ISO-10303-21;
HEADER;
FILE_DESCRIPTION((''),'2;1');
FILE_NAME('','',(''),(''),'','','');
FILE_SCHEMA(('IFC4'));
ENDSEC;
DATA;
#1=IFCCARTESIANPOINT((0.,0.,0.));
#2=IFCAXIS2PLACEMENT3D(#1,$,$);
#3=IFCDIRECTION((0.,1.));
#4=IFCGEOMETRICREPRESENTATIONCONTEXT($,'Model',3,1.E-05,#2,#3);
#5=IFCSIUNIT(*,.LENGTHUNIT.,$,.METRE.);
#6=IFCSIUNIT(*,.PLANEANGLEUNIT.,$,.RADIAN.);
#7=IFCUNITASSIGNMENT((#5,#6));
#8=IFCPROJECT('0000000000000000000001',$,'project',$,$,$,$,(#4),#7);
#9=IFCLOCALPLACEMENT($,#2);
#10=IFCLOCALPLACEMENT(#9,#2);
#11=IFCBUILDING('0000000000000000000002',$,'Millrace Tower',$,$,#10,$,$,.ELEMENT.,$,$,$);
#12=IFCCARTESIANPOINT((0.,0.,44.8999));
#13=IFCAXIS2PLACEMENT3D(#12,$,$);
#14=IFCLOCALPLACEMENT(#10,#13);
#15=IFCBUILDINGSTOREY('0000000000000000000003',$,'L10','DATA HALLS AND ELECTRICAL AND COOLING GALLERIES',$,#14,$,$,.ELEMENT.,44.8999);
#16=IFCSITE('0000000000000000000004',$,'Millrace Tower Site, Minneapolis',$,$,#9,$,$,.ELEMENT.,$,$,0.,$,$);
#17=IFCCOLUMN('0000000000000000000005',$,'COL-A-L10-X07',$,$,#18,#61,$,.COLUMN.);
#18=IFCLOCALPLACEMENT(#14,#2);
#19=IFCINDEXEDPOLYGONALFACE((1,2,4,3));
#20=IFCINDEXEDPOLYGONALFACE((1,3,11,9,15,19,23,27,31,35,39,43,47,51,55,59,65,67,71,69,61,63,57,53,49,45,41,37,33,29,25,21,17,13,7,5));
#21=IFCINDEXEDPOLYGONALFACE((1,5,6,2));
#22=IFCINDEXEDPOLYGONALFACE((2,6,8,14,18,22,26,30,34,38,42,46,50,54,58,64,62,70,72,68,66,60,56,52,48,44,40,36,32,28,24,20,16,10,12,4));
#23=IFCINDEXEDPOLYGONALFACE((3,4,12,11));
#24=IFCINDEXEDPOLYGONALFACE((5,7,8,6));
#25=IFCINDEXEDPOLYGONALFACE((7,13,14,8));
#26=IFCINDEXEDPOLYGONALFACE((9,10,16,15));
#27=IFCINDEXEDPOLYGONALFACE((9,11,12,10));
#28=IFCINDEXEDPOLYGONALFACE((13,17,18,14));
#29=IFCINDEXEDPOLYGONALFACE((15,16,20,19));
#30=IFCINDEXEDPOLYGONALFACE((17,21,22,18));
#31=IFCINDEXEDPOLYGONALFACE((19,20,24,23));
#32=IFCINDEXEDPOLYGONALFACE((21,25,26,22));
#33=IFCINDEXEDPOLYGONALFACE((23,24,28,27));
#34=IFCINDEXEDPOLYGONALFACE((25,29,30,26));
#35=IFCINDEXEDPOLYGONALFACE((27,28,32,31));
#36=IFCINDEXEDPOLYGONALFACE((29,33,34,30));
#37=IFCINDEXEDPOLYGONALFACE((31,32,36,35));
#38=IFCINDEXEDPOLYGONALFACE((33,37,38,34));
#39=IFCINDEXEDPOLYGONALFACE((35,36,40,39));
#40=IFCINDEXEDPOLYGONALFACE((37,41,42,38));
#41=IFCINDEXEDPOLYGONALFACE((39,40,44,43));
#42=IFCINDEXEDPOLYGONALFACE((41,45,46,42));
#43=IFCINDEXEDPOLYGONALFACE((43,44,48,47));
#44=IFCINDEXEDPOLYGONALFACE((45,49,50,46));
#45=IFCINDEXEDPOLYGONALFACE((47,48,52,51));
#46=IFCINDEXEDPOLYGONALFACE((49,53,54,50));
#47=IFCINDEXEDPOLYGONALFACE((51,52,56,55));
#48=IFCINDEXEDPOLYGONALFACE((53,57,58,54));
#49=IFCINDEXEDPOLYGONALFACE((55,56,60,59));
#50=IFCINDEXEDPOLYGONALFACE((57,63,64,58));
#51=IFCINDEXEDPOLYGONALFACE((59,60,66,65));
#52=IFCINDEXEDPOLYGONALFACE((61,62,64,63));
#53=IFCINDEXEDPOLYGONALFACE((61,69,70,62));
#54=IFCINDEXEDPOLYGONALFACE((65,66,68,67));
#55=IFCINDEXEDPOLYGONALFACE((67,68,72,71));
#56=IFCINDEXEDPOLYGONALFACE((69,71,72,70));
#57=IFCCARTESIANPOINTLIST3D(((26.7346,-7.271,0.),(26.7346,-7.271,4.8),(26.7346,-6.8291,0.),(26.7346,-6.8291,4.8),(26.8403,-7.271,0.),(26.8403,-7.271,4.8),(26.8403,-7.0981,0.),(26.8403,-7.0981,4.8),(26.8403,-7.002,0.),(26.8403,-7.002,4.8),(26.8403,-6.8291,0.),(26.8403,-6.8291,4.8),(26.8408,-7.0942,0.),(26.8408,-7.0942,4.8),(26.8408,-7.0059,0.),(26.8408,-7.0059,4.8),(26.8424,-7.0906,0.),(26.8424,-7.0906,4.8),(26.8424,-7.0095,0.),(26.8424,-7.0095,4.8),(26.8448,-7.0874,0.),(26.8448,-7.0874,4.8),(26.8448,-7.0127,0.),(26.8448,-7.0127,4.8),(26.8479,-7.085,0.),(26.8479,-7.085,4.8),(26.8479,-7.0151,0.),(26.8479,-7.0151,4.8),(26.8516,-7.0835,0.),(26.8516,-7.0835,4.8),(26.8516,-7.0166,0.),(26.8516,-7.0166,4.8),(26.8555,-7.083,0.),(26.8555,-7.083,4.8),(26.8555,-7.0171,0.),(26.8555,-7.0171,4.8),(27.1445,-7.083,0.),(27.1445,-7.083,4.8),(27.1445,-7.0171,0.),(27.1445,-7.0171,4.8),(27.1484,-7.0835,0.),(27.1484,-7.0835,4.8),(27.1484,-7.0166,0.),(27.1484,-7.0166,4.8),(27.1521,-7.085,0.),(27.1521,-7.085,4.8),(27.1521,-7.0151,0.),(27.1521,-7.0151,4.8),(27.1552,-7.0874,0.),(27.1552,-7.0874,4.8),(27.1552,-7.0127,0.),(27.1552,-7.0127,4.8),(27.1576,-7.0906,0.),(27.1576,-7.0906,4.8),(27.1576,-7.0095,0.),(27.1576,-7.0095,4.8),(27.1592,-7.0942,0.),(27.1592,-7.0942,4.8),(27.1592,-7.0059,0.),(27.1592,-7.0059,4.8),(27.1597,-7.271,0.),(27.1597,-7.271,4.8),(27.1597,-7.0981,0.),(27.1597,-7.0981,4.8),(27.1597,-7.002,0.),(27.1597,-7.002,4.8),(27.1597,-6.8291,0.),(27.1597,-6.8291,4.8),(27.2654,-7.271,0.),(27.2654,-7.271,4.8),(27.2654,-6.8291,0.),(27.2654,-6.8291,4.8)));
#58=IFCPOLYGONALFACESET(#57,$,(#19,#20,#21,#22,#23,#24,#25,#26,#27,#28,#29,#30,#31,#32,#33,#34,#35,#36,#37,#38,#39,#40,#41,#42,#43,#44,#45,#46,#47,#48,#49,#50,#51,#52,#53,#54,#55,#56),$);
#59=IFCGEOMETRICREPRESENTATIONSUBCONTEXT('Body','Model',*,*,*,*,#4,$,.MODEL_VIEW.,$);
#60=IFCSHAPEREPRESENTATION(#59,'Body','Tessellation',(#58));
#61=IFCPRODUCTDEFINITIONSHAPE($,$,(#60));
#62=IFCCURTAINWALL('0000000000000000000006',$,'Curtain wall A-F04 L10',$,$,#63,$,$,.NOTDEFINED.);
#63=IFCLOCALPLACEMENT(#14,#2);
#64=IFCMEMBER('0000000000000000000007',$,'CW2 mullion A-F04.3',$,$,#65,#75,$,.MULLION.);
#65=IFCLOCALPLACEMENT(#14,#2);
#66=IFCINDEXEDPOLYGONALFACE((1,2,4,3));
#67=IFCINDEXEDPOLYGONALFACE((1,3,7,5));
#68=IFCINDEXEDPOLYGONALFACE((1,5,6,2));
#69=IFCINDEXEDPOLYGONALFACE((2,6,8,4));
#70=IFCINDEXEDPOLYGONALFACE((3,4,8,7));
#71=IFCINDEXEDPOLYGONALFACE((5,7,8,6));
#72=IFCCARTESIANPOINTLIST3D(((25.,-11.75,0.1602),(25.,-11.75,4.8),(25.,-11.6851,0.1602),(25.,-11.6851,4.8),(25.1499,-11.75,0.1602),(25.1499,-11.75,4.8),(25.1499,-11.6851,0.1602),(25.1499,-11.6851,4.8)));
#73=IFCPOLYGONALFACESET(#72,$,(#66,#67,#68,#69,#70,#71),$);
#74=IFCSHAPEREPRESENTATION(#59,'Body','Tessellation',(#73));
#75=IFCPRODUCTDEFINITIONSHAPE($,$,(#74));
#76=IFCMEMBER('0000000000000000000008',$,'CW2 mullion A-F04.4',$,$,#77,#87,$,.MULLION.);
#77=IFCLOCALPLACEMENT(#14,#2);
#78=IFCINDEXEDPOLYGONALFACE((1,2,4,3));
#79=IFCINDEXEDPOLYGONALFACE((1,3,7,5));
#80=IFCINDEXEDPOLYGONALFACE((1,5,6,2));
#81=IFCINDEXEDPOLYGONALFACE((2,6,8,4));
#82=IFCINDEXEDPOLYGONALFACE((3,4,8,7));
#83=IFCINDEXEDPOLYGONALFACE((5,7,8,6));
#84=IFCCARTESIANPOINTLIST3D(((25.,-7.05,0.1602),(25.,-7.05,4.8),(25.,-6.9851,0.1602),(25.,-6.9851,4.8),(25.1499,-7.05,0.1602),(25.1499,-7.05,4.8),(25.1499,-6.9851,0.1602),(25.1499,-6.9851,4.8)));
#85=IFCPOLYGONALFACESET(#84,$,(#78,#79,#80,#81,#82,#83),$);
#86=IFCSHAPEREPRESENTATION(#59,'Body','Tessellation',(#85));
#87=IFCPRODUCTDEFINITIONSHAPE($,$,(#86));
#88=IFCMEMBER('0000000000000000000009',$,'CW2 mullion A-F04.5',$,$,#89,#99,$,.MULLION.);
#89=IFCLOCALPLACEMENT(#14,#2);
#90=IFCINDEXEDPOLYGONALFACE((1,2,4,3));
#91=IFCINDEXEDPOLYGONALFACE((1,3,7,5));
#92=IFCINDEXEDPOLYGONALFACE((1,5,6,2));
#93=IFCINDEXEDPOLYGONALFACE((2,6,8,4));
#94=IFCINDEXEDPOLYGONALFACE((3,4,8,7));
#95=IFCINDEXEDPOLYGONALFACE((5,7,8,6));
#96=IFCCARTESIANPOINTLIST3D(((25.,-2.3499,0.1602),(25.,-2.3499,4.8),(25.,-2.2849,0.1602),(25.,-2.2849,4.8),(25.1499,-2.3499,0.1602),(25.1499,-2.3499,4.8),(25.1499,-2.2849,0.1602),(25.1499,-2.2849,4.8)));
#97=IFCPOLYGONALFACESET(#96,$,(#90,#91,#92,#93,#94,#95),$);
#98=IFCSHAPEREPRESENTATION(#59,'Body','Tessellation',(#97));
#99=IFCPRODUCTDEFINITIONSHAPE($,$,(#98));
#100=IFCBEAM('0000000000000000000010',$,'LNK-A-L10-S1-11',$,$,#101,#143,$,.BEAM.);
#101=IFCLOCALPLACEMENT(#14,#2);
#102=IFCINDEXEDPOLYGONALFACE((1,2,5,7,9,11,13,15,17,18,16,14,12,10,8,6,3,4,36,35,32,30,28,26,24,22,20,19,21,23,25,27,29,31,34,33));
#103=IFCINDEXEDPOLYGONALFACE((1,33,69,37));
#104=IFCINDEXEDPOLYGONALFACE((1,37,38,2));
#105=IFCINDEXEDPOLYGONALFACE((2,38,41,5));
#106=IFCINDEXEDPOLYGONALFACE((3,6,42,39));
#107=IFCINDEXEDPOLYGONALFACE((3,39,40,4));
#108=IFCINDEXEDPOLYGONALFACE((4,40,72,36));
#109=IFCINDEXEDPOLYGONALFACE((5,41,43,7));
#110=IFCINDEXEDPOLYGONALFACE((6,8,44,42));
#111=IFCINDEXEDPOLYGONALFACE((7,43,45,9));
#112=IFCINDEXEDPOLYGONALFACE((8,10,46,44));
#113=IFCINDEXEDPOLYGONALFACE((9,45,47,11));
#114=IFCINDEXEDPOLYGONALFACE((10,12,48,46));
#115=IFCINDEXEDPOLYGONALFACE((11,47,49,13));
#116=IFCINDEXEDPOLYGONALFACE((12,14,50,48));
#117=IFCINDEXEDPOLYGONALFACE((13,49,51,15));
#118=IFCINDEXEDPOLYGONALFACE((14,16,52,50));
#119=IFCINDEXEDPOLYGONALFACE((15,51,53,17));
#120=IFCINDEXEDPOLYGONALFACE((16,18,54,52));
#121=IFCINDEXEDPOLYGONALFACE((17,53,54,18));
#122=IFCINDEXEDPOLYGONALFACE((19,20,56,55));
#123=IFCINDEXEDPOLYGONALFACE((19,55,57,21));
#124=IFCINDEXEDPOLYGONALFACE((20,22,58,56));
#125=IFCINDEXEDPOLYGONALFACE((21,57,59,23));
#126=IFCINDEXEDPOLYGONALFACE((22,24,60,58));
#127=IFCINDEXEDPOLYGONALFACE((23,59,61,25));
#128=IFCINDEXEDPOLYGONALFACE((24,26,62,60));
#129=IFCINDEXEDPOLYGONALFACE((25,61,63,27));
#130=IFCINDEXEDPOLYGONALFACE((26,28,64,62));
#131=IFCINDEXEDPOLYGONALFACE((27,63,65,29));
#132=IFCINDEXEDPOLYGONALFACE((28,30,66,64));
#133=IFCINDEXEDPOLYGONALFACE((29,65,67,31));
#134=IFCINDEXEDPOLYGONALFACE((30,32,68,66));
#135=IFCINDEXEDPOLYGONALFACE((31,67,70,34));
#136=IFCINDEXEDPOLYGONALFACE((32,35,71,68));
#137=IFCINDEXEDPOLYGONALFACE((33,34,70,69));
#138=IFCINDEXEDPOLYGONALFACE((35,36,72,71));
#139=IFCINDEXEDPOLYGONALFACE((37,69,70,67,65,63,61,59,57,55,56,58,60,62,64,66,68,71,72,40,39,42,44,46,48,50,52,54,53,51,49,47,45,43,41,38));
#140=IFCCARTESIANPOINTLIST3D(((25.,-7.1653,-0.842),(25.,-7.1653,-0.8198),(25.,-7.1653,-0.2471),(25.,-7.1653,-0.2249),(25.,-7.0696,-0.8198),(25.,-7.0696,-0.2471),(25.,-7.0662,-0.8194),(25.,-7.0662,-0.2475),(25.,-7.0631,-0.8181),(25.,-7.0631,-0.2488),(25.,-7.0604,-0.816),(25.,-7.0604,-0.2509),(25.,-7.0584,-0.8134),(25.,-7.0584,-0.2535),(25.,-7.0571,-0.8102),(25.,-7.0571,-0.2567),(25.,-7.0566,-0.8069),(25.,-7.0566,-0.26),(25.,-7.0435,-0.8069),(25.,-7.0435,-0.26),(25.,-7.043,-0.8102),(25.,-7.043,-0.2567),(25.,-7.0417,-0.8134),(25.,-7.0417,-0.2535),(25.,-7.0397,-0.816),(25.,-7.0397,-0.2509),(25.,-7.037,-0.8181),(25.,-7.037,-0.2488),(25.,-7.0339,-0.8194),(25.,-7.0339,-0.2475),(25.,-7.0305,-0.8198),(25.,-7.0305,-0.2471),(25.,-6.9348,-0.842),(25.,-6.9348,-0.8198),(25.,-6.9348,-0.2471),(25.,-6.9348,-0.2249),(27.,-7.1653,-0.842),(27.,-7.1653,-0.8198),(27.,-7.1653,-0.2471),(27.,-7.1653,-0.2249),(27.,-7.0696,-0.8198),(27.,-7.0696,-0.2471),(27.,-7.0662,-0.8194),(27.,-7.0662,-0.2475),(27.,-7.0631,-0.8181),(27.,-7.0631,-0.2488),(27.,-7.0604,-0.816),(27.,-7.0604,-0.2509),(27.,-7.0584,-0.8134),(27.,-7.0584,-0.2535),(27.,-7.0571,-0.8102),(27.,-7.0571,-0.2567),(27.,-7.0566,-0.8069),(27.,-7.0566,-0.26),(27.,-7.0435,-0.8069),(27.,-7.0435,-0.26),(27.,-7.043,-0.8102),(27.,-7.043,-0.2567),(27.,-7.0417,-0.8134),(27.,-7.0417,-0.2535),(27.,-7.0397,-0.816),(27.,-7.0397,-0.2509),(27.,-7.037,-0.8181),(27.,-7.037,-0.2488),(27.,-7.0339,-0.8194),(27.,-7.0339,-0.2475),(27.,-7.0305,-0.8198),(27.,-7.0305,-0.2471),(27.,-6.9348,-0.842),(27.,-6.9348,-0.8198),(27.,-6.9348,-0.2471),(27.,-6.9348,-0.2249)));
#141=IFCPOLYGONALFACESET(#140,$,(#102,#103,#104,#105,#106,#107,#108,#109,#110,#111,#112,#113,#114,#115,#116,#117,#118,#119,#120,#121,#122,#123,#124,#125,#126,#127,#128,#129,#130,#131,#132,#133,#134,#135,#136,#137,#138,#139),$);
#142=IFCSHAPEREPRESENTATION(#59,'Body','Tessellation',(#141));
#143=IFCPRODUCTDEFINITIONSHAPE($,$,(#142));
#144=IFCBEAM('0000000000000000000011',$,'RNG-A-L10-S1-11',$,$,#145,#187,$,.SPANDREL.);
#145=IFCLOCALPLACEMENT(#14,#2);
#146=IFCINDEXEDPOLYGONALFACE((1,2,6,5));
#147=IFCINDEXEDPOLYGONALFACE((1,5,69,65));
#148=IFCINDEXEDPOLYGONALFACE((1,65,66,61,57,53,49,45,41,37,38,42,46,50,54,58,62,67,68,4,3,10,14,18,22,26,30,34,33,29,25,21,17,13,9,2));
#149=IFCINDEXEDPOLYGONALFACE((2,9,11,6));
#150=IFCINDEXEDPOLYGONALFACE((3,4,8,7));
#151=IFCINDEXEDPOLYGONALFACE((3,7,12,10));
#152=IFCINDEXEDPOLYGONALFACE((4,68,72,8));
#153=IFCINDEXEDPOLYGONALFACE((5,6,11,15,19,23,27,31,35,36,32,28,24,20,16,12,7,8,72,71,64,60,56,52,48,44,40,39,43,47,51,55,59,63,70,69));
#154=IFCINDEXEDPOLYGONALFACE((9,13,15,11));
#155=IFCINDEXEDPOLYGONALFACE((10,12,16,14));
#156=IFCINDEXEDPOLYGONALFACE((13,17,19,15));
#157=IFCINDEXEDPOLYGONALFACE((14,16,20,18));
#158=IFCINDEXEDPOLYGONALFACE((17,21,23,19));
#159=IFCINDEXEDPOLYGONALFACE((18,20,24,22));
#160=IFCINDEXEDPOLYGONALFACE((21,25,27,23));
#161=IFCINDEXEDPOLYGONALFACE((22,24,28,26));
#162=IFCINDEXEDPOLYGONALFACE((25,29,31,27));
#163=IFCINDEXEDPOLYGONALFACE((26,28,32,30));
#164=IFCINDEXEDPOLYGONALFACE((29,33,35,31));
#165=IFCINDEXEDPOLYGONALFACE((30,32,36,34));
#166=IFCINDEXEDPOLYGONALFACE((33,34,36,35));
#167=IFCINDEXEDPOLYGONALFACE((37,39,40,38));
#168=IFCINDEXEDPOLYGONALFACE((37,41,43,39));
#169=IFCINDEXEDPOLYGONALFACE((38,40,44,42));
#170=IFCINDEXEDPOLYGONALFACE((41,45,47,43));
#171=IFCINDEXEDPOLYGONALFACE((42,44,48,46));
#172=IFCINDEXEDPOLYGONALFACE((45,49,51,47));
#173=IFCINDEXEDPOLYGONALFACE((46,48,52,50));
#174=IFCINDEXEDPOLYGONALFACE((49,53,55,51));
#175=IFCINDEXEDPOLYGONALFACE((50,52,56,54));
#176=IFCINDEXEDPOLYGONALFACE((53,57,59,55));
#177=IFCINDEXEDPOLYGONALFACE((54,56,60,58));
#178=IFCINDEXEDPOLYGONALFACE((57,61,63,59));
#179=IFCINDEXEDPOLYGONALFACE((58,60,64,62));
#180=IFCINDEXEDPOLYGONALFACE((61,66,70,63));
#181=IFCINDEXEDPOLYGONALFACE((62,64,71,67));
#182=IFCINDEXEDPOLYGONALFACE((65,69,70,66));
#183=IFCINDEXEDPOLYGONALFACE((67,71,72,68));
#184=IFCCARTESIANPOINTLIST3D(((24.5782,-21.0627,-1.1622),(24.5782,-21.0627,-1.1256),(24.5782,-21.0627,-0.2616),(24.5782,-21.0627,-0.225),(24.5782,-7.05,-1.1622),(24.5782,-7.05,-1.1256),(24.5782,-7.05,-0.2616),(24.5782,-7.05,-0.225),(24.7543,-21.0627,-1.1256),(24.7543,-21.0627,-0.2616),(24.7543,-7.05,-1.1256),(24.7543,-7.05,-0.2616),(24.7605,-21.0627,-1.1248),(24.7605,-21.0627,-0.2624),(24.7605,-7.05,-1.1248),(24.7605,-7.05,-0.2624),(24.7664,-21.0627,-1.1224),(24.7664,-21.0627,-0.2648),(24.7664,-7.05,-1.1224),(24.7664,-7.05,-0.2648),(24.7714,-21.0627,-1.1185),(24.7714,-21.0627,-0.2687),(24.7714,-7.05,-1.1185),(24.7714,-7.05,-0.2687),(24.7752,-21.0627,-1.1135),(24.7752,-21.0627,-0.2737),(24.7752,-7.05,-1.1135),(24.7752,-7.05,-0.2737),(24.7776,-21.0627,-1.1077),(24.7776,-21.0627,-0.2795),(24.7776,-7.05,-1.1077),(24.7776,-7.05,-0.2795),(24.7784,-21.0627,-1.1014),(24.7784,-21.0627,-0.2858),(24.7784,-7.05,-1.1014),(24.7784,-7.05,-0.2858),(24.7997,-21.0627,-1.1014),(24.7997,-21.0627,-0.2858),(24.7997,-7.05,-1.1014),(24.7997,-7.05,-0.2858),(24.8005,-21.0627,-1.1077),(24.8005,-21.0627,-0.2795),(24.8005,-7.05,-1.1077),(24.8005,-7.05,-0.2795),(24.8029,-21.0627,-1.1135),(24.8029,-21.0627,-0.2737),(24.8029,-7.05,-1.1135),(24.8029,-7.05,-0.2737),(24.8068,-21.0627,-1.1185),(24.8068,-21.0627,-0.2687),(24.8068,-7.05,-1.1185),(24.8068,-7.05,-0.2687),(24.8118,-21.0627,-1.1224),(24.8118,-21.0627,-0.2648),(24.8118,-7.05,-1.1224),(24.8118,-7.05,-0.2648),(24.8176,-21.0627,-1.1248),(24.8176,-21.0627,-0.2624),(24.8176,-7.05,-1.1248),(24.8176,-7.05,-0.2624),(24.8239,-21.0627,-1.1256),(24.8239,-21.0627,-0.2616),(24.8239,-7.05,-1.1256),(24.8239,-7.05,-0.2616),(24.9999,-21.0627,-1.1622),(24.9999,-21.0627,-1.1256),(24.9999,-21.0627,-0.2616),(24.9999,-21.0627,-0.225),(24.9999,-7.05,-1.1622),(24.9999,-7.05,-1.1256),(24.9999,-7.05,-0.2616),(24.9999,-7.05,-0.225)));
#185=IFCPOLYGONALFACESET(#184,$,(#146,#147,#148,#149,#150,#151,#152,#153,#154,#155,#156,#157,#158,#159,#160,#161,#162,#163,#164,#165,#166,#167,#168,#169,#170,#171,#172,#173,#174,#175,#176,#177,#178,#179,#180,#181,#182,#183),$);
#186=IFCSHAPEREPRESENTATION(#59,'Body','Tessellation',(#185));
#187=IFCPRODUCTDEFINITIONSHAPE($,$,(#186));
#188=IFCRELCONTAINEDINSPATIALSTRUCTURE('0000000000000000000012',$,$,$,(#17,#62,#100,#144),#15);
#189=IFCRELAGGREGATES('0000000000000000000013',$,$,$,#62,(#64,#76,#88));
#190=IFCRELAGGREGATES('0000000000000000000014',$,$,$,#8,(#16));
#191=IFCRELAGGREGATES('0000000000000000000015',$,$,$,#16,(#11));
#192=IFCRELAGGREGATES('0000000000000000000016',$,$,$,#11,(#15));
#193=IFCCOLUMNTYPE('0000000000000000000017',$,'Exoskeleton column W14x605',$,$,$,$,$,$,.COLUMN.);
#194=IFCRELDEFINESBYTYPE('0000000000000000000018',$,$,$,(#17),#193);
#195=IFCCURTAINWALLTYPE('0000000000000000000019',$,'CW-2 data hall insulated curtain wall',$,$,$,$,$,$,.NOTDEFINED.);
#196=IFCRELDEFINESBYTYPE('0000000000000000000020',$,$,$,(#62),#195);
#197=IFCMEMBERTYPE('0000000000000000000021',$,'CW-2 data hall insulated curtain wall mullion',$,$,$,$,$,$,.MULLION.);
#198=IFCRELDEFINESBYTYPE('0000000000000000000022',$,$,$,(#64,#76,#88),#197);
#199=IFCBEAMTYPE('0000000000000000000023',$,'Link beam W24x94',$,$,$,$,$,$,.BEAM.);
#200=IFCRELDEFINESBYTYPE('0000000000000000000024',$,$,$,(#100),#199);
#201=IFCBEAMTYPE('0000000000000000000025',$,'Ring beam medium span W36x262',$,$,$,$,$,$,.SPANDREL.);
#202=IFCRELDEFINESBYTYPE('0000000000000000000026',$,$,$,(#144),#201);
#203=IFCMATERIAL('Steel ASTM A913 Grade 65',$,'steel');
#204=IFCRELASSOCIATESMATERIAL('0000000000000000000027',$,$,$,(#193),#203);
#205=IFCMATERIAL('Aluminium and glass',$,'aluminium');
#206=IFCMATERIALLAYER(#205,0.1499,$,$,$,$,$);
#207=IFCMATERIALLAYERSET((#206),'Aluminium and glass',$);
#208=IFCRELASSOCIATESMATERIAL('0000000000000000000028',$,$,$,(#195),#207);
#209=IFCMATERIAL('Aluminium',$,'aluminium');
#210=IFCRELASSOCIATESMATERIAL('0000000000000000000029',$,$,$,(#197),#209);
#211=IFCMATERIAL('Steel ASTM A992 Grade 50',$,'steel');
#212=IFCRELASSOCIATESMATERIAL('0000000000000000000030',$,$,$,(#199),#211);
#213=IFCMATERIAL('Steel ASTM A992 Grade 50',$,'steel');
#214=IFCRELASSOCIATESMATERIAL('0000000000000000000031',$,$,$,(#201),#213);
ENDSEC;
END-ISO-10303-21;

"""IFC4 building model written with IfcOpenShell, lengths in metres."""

from ifc_helpers import new_model, si_unit, direction, frame, origin, origin_2d, place, context, subcontext, project, spatial, rectangle, i_section, extrude, material, layer, layer_set, material_profile, profile_set, type_object, element, aggregate, save


model = new_model("IFC4")

# Units and contexts
model_context = context("Model", 3, precision=1e-05, world=origin(), true_north=direction((0.0, 1.0)))
body_context = subcontext(model_context, "Body", "Model", "MODEL_VIEW")
ifc_project = project(units=[si_unit("LENGTHUNIT", "METRE"), si_unit("PLANEANGLEUNIT", "RADIAN")], contexts=[model_context])

# Site, building, storey
site_placement = place(None, origin())
site = spatial("IfcSite", under=ifc_project, at=site_placement, Name="Millrace Tower Site, Minneapolis", CompositionType="ELEMENT", RefElevation=0.0)
building_placement = place(site_placement, origin())
building = spatial("IfcBuilding", under=site, at=building_placement, Name="Millrace Tower", CompositionType="ELEMENT")
storey_placement = place(building_placement, frame((0.0, 0.0, 44.8999)))
storey = spatial("IfcBuildingStorey", under=building, at=storey_placement, Name="L10", Description="DATA HALLS AND ELECTRICAL AND COOLING GALLERIES", CompositionType="ELEMENT", Elevation=44.8999)

# Column
ifc_material_1 = material(Name="Steel ASTM A913 Grade 65", Category="steel")
ifc_material_profile_1 = material_profile(ifc_material_1, i_section(OverallWidth=0.4419, OverallDepth=0.5308, WebThickness=0.0659, FlangeThickness=0.1057, FilletRadius=0.0151, at=origin_2d()))
ifc_profile_set_1 = profile_set([ifc_material_profile_1], Name="Steel ASTM A913 Grade 65")
column_type = type_object("IfcColumnType", Name="Exoskeleton column W14x605", PredefinedType="COLUMN", material=ifc_profile_set_1)
column_placement = place(storey_placement, frame((27.0, -7.05, 0.0), z_axis=(0.0, 0.0, 1.0), x_axis=(0.0, 1.0, 0.0)))
element("IfcColumn", 1, at=column_placement, inside=storey, type_object=column_type, Name="COL-A-L10-X07", PredefinedType="COLUMN", context=body_context, shape_type="SweptSolid", body=[
    extrude(i_section(OverallWidth=0.4419, OverallDepth=0.5308, WebThickness=0.0659, FlangeThickness=0.1057, FilletRadius=0.0151, at=origin_2d()), origin(), (0.0, 0.0, 1.0), 4.8),
])

# Curtain wall, members
ifc_material_2 = material(Name="Aluminium and glass", Category="aluminium")
ifc_layer_1 = layer(ifc_material_2, 0.1499)
ifc_layer_set_1 = layer_set([ifc_layer_1], Name="Aluminium and glass")
curtain_wall_type = type_object("IfcCurtainWallType", Name="CW-2 data hall insulated curtain wall", PredefinedType="NOTDEFINED", material=ifc_layer_set_1)
curtain_wall_placement = place(storey_placement, origin())
curtain_wall = element("IfcCurtainWall", 2, at=curtain_wall_placement, inside=storey, type_object=curtain_wall_type, Name="Curtain wall A-F04 L10", PredefinedType="NOTDEFINED")
ifc_material_3 = material(Name="Aluminium", Category="aluminium")
ifc_material_profile_2 = material_profile(ifc_material_3, rectangle(XDim=0.0649, YDim=0.1499, at=origin_2d()))
ifc_profile_set_2 = profile_set([ifc_material_profile_2], Name="Aluminium")
member_type = type_object("IfcMemberType", Name="CW-2 data hall insulated curtain wall mullion", PredefinedType="MULLION", material=ifc_profile_set_2)
member_1_placement = place(storey_placement, frame((25.075, -11.7175, 0.1602), z_axis=(0.0, 0.0, 1.0), x_axis=(0.0, 1.0, 0.0)))
member_1 = element("IfcMember", 3, at=member_1_placement, type_object=member_type, Name="CW2 mullion A-F04.3", PredefinedType="MULLION", context=body_context, shape_type="SweptSolid", body=[
    extrude(rectangle(XDim=0.0649, YDim=0.1499, at=origin_2d()), origin(), (0.0, 0.0, 1.0), 4.6399),
])
member_2_placement = place(storey_placement, frame((25.075, -7.0176, 0.1602), z_axis=(0.0, 0.0, 1.0), x_axis=(0.0, 1.0, 0.0)))
member_2 = element("IfcMember", 4, at=member_2_placement, type_object=member_type, Name="CW2 mullion A-F04.4", PredefinedType="MULLION", context=body_context, shape_type="SweptSolid", body=[
    extrude(rectangle(XDim=0.0649, YDim=0.1499, at=origin_2d()), origin(), (0.0, 0.0, 1.0), 4.6399),
])
member_3_placement = place(storey_placement, frame((25.075, -2.3174, 0.1602), z_axis=(0.0, 0.0, 1.0), x_axis=(0.0, 1.0, 0.0)))
member_3 = element("IfcMember", 5, at=member_3_placement, type_object=member_type, Name="CW2 mullion A-F04.5", PredefinedType="MULLION", context=body_context, shape_type="SweptSolid", body=[
    extrude(rectangle(XDim=0.0649, YDim=0.1499, at=origin_2d()), origin(), (0.0, 0.0, 1.0), 4.6399),
])
aggregate(curtain_wall, [member_1, member_2, member_3])

# Beams
ifc_material_4 = material(Name="Steel ASTM A992 Grade 50", Category="steel")
ifc_material_profile_3 = material_profile(ifc_material_4, i_section(OverallWidth=0.2305, OverallDepth=0.6172, WebThickness=0.0132, FlangeThickness=0.0222, FilletRadius=0.0129, at=origin_2d()))
ifc_profile_set_3 = profile_set([ifc_material_profile_3], Name="Steel ASTM A992 Grade 50")
beam_type_1 = type_object("IfcBeamType", Name="Link beam W24x94", PredefinedType="BEAM", material=ifc_profile_set_3)
beam_1_placement = place(storey_placement, frame((25.0, -7.05, -0.5334), z_axis=(1.0, 0.0, 0.0), x_axis=(0.0, 1.0, 0.0)))
element("IfcBeam", 6, at=beam_1_placement, inside=storey, type_object=beam_type_1, Name="LNK-A-L10-S1-11", PredefinedType="BEAM", context=body_context, shape_type="SweptSolid", body=[
    extrude(i_section(OverallWidth=0.2305, OverallDepth=0.6172, WebThickness=0.0132, FlangeThickness=0.0222, FilletRadius=0.0129, at=origin_2d()), origin(), (0.0, 0.0, 1.0), 2.0),
])
ifc_material_5 = material(Name="Steel ASTM A992 Grade 50", Category="steel")
ifc_material_profile_4 = material_profile(ifc_material_5, i_section(OverallWidth=0.4216, OverallDepth=0.9373, WebThickness=0.0212, FlangeThickness=0.0366, FilletRadius=0.0242, at=origin_2d()))
ifc_profile_set_4 = profile_set([ifc_material_profile_4], Name="Steel ASTM A992 Grade 50")
beam_type_2 = type_object("IfcBeamType", Name="Ring beam medium span W36x262", PredefinedType="SPANDREL", material=ifc_profile_set_4)
beam_2_placement = place(storey_placement, frame((24.7891, -7.05, -0.6936), z_axis=(0.0, -1.0, 0.0), x_axis=(1.0, 0.0, 0.0)))
element("IfcBeam", 7, at=beam_2_placement, inside=storey, type_object=beam_type_2, Name="RNG-A-L10-S1-11", PredefinedType="SPANDREL", context=body_context, shape_type="SweptSolid", body=[
    extrude(i_section(OverallWidth=0.4216, OverallDepth=0.9373, WebThickness=0.0212, FlangeThickness=0.0366, FilletRadius=0.0242, at=origin_2d()), origin(), (0.0, 0.0, 1.0), 14.0127),
])

save(model, "model.ifc")
